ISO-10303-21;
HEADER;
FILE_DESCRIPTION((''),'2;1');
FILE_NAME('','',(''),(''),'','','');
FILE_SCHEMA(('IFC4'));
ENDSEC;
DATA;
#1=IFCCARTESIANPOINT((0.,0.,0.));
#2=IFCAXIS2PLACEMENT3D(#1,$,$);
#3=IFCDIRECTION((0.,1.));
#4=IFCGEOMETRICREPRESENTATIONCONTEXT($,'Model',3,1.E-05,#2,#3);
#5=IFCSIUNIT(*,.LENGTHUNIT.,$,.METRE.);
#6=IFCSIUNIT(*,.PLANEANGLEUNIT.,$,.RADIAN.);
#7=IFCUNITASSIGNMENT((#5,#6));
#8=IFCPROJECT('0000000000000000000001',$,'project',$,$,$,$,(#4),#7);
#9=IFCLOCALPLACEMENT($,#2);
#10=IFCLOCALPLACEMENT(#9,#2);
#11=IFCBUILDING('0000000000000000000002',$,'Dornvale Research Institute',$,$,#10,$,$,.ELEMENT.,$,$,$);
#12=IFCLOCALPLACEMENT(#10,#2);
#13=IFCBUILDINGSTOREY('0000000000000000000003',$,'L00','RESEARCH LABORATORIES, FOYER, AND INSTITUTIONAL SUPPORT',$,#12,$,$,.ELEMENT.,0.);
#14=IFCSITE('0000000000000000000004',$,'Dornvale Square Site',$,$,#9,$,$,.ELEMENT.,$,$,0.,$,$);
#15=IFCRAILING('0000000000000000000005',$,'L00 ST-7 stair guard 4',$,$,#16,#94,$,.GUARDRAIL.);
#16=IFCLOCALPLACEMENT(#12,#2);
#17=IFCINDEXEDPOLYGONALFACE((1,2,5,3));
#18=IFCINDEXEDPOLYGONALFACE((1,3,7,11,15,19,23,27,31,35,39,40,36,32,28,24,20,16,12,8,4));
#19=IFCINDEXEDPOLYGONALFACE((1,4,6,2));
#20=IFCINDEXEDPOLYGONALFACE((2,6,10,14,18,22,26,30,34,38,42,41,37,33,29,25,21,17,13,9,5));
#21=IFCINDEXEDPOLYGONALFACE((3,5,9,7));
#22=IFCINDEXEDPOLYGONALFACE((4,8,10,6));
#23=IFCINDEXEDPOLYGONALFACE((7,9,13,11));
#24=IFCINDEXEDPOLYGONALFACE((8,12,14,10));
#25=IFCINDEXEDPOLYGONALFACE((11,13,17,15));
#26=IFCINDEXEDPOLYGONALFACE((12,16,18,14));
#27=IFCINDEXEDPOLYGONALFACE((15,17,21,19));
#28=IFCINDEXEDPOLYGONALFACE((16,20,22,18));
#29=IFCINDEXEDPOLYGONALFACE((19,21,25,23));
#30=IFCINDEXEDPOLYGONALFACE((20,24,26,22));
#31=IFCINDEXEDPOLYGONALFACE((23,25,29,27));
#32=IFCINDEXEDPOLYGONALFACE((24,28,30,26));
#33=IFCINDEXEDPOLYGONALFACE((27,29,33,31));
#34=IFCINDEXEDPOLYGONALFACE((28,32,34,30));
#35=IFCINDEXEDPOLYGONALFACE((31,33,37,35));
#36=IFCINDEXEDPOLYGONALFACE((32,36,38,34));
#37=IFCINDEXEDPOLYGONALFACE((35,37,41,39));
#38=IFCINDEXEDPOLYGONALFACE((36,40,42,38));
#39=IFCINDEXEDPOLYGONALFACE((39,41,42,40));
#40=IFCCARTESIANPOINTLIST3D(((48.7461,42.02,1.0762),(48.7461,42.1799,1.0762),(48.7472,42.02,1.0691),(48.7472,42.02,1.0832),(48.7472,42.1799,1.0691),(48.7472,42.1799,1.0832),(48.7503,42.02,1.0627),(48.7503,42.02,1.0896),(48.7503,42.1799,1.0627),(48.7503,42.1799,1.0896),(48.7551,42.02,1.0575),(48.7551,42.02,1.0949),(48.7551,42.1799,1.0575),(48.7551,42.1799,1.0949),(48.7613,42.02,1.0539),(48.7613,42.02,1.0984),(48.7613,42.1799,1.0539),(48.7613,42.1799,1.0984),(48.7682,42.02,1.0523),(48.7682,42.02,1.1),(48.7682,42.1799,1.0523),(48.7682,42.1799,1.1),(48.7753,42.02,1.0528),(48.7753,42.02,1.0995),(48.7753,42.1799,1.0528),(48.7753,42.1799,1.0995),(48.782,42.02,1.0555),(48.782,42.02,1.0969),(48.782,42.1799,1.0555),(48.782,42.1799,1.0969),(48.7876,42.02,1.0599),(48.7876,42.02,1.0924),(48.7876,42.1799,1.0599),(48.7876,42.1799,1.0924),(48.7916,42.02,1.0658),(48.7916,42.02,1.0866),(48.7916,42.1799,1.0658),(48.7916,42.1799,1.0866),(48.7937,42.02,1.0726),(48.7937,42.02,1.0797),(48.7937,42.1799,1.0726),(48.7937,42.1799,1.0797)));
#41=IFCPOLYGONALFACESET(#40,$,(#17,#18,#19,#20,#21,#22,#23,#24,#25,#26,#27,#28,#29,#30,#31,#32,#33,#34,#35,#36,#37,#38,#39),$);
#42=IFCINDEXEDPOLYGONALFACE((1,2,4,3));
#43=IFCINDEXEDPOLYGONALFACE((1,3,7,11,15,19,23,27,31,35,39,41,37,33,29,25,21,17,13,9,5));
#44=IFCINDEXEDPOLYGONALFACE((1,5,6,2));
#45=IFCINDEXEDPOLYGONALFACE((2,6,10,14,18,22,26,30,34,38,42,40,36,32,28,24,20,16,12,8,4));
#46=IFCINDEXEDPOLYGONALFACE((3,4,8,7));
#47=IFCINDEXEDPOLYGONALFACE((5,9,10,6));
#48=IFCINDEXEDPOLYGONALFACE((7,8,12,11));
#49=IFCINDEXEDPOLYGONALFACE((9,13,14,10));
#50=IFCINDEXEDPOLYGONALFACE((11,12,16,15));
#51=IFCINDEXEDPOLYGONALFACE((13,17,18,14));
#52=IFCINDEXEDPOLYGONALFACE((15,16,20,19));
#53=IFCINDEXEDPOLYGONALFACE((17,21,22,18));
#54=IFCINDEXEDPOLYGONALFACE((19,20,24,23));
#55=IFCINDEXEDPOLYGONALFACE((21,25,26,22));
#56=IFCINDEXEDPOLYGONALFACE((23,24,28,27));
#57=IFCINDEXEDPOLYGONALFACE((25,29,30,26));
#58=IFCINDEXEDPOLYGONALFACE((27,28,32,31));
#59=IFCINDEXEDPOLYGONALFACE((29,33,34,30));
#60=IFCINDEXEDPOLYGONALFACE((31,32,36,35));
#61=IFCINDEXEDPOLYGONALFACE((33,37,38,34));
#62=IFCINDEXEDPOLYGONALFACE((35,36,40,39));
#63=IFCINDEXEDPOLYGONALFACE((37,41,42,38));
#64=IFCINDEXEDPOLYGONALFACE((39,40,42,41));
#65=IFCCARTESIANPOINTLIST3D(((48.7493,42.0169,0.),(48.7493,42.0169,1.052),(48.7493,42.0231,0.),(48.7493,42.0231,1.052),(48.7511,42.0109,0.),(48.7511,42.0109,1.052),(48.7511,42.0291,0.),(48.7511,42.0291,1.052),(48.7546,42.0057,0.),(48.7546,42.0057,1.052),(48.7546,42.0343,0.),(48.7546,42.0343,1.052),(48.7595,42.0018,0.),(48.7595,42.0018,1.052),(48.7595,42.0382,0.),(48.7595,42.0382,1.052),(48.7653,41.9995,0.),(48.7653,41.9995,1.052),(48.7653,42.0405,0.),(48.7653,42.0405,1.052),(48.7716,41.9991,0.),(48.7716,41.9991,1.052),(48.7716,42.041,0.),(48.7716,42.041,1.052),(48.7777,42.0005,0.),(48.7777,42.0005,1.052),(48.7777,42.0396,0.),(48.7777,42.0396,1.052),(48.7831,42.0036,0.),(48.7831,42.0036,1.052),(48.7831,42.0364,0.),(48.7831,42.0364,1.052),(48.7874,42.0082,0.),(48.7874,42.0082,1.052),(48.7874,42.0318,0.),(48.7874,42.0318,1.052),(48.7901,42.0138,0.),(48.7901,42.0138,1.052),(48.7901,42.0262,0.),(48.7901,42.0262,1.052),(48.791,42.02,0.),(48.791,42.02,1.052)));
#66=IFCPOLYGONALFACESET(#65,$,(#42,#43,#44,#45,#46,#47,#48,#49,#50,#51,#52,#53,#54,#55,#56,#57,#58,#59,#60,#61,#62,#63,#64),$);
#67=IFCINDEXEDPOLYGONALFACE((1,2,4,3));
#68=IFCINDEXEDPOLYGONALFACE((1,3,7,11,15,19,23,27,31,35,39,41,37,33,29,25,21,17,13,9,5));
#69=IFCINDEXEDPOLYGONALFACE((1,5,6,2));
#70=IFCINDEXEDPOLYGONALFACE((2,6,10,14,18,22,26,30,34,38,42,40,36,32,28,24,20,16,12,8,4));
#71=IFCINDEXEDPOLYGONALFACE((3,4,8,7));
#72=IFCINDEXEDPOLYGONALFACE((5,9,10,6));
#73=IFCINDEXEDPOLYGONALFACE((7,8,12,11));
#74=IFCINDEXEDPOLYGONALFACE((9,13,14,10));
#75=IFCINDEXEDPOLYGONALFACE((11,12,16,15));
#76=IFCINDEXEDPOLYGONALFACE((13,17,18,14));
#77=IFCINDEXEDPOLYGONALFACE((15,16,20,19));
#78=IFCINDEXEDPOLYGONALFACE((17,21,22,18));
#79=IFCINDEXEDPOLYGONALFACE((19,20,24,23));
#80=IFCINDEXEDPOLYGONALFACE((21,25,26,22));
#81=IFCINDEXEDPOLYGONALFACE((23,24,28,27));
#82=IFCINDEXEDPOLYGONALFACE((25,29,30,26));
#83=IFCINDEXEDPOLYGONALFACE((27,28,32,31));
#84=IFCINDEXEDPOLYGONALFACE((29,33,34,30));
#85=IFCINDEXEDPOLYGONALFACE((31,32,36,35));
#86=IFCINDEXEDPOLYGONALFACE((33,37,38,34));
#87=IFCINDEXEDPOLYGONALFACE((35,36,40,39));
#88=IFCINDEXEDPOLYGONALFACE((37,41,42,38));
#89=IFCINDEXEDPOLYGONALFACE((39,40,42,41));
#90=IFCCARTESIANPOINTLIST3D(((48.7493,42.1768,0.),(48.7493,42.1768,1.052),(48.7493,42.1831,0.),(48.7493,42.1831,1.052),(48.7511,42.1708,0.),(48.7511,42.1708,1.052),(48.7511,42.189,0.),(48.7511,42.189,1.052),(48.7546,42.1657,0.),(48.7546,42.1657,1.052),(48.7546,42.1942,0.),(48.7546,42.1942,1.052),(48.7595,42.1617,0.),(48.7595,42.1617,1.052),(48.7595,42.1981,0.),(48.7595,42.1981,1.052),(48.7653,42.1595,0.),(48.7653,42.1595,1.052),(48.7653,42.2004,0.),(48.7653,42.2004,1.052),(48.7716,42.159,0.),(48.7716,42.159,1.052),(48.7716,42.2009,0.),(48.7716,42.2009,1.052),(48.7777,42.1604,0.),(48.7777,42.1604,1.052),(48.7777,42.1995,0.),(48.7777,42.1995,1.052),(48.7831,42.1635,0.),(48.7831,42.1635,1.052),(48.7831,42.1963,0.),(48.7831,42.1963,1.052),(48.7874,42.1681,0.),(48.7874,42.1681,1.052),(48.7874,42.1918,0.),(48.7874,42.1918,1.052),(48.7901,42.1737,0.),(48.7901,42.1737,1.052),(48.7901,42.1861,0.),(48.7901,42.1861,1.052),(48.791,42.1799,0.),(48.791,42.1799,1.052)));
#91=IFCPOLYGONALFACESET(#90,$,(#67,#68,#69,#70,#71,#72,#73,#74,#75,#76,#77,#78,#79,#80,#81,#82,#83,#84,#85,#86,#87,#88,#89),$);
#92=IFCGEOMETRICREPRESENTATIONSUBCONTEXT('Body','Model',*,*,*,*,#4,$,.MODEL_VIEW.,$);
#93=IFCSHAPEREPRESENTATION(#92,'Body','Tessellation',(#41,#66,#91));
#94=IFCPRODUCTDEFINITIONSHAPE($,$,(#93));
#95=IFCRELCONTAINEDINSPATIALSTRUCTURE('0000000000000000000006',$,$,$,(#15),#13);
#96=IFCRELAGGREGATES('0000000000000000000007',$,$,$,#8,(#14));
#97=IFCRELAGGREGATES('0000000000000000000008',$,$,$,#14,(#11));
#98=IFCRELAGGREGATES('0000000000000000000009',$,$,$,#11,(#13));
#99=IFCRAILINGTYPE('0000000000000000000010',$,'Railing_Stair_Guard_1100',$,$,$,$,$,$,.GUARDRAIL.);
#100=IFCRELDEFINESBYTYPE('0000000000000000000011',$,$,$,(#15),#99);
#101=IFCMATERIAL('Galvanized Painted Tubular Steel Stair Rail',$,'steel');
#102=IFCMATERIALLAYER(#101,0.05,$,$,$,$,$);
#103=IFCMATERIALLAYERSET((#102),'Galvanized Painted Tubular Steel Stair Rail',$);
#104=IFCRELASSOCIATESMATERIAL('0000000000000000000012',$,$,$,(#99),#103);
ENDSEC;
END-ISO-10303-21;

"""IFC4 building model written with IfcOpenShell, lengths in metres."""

from ifc_helpers import new_model, si_unit, direction, frame, origin, origin_2d, place, context, subcontext, project, spatial, circle, extrude, material, layer, layer_set, type_object, element, save


model = new_model("IFC4")

# Units and contexts
model_context = context("Model", 3, precision=1e-05, world=origin(), true_north=direction((0.0, 1.0)))
body_context = subcontext(model_context, "Body", "Model", "MODEL_VIEW")
ifc_project = project(units=[si_unit("LENGTHUNIT", "METRE"), si_unit("PLANEANGLEUNIT", "RADIAN")], contexts=[model_context])

# Site, building, storey
site_placement = place(None, origin())
site = spatial("IfcSite", under=ifc_project, at=site_placement, Name="Dornvale Square Site", CompositionType="ELEMENT", RefElevation=0.0)
building_placement = place(site_placement, origin())
building = spatial("IfcBuilding", under=site, at=building_placement, Name="Dornvale Research Institute", CompositionType="ELEMENT")
storey_placement = place(building_placement, origin())
storey = spatial("IfcBuildingStorey", under=building, at=storey_placement, Name="L00", Description="RESEARCH LABORATORIES, FOYER, AND INSTITUTIONAL SUPPORT", CompositionType="ELEMENT", Elevation=0.0)

# Railing
ifc_material_1 = material(Name="Galvanized Painted Tubular Steel Stair Rail", Category="steel")
ifc_layer_1 = layer(ifc_material_1, 0.05)
ifc_layer_set_1 = layer_set([ifc_layer_1], Name="Galvanized Painted Tubular Steel Stair Rail")
railing_type_1 = type_object("IfcRailingType", Name="Railing_Stair_Guard_1100", PredefinedType="GUARDRAIL", material=ifc_layer_set_1)
railing_1_placement = place(storey_placement, frame((48.77, 42.02, 0.0)))
element("IfcRailing", 1, at=railing_1_placement, inside=storey, type_object=railing_type_1, Name="L00 ST-7 stair guard 4", PredefinedType="GUARDRAIL", context=body_context, shape_type="SweptSolid", body=[
    extrude(circle(Radius=0.0239, at=origin_2d()), frame((0.0, 0.0, 1.0762), z_axis=(0.0, 1.0, 0.0), x_axis=(-1.0, 0.0, 0.0)), (0.0, 0.0, 1.0), 0.1599),
    extrude(circle(Radius=0.021, at=origin_2d()), origin(), (0.0, 0.0, 1.0), 1.052),
    extrude(circle(Radius=0.021, at=origin_2d()), frame((0.0, 0.1599, 0.0)), (0.0, 0.0, 1.0), 1.052),
])

save(model, "model.ifc")
